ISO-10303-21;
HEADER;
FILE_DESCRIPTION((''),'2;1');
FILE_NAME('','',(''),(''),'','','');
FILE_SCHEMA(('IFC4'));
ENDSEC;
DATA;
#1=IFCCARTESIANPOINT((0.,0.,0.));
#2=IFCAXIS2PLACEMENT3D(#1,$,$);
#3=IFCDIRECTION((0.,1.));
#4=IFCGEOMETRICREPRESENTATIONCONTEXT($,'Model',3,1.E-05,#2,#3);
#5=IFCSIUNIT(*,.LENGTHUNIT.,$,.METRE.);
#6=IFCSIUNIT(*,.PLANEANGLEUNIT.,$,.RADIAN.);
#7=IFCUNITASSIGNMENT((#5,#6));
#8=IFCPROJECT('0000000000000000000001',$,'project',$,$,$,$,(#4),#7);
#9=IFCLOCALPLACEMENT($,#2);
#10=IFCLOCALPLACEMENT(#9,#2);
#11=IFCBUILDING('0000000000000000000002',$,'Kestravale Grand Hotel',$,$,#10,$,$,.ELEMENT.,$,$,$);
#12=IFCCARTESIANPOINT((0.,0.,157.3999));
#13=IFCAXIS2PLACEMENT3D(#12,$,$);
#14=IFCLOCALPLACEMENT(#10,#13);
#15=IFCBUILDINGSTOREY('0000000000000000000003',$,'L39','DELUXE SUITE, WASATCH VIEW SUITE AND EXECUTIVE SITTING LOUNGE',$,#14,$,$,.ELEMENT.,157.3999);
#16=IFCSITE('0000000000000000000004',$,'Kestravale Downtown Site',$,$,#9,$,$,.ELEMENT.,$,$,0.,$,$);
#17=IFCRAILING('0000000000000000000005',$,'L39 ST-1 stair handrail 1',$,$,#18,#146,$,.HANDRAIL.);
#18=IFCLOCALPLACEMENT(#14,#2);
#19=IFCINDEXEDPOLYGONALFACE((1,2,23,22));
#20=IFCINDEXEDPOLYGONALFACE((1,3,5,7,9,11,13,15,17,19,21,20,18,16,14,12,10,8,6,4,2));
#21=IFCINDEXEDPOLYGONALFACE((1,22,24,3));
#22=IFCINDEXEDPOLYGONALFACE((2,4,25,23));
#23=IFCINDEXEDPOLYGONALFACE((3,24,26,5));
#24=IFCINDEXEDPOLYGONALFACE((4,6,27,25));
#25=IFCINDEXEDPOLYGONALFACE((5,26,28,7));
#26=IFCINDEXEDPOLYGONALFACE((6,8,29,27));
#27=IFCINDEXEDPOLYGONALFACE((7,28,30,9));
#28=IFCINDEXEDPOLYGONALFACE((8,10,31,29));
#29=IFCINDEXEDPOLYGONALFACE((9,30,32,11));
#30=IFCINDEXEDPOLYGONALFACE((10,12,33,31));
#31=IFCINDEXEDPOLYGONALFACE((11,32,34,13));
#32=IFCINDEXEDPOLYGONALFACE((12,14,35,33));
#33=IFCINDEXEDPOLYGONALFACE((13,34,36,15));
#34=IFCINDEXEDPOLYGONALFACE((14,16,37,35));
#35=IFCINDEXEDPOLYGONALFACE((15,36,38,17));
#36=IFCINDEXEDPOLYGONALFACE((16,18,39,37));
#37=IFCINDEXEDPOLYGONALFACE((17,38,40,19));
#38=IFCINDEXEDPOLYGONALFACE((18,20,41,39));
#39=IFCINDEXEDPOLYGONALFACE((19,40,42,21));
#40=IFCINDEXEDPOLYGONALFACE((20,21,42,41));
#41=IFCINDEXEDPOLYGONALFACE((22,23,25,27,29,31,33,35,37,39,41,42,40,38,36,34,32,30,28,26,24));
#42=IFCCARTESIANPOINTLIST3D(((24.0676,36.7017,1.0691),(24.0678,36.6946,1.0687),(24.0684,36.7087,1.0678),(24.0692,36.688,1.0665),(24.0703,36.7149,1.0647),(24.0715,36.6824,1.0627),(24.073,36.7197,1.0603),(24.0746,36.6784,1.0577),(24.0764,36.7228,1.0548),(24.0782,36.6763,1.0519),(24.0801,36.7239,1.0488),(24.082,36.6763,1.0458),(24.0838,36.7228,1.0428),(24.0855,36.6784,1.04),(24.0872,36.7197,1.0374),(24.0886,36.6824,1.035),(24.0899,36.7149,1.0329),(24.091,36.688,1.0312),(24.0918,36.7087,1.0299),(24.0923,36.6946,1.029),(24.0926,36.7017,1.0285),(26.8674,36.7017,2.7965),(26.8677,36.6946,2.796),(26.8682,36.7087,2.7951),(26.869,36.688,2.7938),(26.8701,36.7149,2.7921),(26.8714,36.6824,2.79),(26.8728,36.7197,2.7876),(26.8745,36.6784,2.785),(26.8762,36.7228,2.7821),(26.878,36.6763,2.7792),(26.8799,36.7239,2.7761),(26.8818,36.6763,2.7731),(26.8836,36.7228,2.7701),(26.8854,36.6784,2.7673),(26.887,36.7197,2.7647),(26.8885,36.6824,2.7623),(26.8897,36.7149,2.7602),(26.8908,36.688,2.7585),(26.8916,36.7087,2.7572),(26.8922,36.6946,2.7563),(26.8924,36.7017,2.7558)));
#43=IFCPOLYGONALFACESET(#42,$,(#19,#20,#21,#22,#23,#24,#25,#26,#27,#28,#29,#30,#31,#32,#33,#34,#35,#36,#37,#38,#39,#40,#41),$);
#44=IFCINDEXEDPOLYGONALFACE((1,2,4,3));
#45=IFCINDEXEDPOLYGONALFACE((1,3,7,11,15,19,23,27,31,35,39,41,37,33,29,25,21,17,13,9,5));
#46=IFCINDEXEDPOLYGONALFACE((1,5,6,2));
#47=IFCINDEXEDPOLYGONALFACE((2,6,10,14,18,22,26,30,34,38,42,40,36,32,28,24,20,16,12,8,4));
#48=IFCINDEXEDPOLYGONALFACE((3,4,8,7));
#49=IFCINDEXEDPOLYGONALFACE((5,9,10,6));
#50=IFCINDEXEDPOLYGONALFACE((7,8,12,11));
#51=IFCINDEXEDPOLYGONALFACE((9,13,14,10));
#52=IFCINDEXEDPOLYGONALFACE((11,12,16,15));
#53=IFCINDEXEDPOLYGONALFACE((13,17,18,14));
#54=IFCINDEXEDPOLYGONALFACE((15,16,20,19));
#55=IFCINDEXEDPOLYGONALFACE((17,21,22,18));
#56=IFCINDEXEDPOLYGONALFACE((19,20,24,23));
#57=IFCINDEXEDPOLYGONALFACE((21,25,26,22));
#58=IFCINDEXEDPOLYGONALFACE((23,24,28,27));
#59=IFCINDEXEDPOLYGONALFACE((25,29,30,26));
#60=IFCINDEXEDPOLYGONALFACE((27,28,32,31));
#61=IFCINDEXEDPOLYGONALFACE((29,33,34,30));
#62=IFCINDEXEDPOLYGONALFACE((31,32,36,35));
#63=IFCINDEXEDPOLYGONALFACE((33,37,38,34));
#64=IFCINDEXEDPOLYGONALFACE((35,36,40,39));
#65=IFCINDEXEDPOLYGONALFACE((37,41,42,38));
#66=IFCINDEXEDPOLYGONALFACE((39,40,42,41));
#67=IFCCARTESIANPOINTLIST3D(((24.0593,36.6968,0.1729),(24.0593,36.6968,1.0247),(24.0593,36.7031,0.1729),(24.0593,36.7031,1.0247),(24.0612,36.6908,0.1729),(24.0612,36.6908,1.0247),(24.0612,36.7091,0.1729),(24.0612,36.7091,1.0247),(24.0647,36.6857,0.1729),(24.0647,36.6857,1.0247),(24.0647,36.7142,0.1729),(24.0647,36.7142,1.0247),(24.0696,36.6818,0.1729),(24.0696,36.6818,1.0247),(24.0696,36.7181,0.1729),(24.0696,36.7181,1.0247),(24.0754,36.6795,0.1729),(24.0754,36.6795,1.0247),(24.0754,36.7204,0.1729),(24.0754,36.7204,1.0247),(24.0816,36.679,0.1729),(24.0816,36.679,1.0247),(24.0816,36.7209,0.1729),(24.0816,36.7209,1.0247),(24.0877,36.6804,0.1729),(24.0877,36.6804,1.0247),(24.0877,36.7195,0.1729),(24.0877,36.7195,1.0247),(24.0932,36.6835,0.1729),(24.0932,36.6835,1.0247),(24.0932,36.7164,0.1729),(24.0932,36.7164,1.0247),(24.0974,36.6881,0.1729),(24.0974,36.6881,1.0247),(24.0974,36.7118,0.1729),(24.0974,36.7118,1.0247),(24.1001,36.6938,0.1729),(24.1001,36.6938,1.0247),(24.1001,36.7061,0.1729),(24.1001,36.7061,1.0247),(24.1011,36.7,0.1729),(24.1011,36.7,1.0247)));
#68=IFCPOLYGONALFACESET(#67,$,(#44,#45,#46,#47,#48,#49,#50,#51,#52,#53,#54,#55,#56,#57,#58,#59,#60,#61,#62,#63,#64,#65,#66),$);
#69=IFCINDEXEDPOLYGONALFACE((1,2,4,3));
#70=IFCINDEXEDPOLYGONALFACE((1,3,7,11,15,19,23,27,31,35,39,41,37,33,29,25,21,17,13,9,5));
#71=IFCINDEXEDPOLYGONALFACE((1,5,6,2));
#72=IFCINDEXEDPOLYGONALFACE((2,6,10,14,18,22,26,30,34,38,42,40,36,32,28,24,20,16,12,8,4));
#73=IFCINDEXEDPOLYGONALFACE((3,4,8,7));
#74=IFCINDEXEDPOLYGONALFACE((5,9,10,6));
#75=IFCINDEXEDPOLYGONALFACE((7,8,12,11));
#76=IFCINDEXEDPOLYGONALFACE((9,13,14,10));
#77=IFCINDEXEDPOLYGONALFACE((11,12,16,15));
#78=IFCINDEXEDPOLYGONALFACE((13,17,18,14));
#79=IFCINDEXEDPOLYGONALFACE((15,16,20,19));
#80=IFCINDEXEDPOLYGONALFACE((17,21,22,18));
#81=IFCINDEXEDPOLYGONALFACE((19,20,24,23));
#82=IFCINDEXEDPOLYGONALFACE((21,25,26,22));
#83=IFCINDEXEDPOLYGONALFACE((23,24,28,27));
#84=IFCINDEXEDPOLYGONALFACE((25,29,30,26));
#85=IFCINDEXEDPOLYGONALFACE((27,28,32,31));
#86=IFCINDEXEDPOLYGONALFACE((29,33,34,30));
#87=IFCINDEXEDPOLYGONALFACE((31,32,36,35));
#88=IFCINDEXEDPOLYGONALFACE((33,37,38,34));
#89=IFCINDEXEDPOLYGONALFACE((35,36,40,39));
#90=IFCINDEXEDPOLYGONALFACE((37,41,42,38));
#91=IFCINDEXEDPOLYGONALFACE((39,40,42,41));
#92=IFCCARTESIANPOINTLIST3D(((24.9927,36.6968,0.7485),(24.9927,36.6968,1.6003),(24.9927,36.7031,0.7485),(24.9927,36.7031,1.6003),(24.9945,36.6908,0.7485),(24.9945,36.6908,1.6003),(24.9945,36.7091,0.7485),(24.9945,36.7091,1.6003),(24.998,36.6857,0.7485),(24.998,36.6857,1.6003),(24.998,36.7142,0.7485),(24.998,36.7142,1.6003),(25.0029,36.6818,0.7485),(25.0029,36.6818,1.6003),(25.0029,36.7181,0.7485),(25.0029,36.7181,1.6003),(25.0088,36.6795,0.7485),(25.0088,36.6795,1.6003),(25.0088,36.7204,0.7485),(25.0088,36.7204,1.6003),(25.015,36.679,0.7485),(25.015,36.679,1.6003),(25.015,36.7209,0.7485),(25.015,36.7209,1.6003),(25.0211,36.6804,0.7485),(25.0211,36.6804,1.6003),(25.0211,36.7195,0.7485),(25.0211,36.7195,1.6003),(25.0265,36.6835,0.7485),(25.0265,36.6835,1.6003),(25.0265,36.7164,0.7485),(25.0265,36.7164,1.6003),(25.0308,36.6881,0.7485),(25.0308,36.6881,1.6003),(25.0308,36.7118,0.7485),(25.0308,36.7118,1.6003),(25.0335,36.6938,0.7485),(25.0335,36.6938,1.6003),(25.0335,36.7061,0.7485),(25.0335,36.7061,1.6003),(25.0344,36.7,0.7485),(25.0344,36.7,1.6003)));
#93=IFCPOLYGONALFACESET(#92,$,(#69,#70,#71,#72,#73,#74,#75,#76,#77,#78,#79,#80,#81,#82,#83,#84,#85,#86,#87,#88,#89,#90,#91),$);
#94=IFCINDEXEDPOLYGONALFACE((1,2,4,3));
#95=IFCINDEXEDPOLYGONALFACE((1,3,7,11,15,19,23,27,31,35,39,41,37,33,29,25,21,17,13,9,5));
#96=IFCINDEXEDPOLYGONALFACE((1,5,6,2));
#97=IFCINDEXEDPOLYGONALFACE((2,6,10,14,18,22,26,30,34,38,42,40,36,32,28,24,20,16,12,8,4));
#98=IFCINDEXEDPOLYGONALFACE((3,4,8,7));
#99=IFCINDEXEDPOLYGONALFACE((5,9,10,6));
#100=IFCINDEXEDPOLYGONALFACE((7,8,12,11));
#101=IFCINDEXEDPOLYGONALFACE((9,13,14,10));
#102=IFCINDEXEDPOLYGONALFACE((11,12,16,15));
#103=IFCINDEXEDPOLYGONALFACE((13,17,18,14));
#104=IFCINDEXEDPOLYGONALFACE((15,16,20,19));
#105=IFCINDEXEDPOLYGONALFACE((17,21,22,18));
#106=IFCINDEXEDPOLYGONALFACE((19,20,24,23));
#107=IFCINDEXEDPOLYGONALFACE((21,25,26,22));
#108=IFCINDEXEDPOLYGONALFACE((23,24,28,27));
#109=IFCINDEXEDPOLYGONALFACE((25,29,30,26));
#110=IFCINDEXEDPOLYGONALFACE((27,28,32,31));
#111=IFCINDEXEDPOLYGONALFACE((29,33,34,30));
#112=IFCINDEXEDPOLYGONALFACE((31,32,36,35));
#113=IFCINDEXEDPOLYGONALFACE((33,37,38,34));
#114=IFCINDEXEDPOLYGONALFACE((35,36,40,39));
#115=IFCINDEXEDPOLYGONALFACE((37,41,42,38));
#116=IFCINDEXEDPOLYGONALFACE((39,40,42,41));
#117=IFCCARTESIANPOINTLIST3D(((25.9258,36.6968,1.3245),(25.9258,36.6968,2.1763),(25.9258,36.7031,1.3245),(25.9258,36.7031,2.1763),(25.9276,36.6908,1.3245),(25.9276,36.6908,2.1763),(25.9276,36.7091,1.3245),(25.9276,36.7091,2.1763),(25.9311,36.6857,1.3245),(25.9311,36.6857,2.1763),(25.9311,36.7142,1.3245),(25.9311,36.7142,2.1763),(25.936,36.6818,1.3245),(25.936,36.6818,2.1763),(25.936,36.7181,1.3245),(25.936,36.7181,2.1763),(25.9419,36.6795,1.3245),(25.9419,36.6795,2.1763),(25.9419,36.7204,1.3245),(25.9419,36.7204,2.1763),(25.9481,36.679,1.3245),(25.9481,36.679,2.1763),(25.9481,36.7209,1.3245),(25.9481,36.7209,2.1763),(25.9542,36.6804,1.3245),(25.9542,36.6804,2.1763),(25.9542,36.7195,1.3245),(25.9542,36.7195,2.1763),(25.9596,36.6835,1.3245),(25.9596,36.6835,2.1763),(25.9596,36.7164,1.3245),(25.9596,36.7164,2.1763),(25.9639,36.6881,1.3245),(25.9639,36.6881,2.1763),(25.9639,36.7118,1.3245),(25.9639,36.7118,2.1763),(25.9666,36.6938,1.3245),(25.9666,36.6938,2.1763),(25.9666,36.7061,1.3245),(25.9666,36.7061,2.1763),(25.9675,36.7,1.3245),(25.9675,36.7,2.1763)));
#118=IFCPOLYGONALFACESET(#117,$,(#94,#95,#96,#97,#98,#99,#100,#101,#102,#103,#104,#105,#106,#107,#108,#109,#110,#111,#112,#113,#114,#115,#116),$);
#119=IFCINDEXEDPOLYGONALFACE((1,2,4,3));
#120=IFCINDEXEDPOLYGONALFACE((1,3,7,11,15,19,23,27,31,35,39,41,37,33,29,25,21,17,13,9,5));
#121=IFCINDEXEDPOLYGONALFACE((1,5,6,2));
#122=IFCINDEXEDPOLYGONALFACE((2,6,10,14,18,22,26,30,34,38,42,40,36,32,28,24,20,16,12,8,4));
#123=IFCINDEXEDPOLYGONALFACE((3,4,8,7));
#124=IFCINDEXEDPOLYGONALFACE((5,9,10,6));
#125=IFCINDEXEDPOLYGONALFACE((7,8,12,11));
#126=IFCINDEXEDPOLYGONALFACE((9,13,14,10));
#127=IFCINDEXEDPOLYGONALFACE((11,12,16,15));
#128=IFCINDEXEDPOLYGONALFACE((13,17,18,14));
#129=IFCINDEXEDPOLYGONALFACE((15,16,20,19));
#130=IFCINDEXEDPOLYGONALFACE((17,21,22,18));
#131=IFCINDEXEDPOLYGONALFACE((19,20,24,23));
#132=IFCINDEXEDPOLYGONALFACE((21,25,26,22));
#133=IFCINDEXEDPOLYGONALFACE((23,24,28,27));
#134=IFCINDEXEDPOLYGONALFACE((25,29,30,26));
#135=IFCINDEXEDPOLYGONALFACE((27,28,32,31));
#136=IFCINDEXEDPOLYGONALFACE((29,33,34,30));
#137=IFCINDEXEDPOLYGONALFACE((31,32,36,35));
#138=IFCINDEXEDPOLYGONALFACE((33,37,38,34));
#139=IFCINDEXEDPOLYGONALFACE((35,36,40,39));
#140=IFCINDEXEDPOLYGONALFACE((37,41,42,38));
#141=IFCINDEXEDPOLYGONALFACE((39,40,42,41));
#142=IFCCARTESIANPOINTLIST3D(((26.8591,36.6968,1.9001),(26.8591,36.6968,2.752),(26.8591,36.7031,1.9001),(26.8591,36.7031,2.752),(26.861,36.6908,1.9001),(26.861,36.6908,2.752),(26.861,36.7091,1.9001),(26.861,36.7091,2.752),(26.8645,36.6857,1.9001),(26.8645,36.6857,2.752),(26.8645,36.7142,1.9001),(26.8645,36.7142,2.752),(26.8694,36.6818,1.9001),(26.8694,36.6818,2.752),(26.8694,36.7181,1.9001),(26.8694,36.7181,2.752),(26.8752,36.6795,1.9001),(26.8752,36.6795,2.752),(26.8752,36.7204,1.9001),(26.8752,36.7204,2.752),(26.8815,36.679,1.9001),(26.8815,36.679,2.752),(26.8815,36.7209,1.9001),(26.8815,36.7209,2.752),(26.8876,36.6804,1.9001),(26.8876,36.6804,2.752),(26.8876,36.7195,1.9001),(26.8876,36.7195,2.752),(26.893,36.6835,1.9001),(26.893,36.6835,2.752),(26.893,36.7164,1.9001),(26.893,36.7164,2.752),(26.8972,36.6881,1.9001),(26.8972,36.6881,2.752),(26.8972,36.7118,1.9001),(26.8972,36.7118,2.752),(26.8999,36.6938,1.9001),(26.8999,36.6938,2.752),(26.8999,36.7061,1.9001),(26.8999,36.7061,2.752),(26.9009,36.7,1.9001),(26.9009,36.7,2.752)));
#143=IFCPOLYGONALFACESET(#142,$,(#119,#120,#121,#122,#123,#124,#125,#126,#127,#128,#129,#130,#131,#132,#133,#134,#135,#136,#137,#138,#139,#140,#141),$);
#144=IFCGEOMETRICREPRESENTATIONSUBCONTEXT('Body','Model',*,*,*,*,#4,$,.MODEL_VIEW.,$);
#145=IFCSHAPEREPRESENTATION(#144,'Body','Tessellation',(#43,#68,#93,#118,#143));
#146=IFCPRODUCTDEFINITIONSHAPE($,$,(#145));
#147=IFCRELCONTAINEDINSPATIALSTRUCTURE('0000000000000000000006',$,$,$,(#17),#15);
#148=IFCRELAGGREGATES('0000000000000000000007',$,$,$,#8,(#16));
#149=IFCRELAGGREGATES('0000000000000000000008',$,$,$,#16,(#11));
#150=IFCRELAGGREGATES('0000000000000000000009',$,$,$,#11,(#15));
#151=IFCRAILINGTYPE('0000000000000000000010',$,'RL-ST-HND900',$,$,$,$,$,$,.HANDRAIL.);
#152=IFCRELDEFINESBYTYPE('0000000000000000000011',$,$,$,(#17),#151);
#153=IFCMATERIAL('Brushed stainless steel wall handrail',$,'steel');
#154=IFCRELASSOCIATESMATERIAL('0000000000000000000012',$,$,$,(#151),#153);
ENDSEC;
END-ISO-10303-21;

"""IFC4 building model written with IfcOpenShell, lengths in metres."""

from ifc_helpers import new_model, si_unit, direction, frame, origin, origin_2d, place, context, subcontext, project, spatial, circle, extrude, material, type_object, element, save


model = new_model("IFC4")

# Units and contexts
model_context = context("Model", 3, precision=1e-05, world=origin(), true_north=direction((0.0, 1.0)))
body_context = subcontext(model_context, "Body", "Model", "MODEL_VIEW")
ifc_project = project(units=[si_unit("LENGTHUNIT", "METRE"), si_unit("PLANEANGLEUNIT", "RADIAN")], contexts=[model_context])

# Site, building, storey
site_placement = place(None, origin())
site = spatial("IfcSite", under=ifc_project, at=site_placement, Name="Kestravale Downtown Site", CompositionType="ELEMENT", RefElevation=0.0)
building_placement = place(site_placement, origin())
building = spatial("IfcBuilding", under=site, at=building_placement, Name="Kestravale Grand Hotel", CompositionType="ELEMENT")
storey_placement = place(building_placement, frame((0.0, 0.0, 157.3999)))
storey = spatial("IfcBuildingStorey", under=building, at=storey_placement, Name="L39", Description="DELUXE SUITE, WASATCH VIEW SUITE AND EXECUTIVE SITTING LOUNGE", CompositionType="ELEMENT", Elevation=157.3999)

# Railing
ifc_material_1 = material(Name="Brushed stainless steel wall handrail", Category="steel")
railing_type_1 = type_object("IfcRailingType", Name="RL-ST-HND900", PredefinedType="HANDRAIL", material=ifc_material_1)
railing_1_placement = place(storey_placement, frame((24.0801, 36.7, 0.1729)))
element("IfcRailing", 1, at=railing_1_placement, inside=storey, type_object=railing_type_1, Name="L39 ST-1 stair handrail 1", PredefinedType="HANDRAIL", context=body_context, shape_type="SweptSolid", body=[
    extrude(circle(Radius=0.0239, at=origin_2d()), frame((0.0, 0.0, 0.876), z_axis=(0.851069, 0.0, 0.525054), x_axis=(0.0, 1.0, 0.0)), (0.0, 0.0, 1.0), 3.2898),
    extrude(circle(Radius=0.021, at=origin_2d()), origin(), (0.0, 0.0, 1.0), 0.8518),
    extrude(circle(Radius=0.021, at=origin_2d()), frame((0.9333, 0.0, 0.5757)), (0.0, 0.0, 1.0), 0.8518),
    extrude(circle(Radius=0.021, at=origin_2d()), frame((1.8665, 0.0, 1.1516)), (0.0, 0.0, 1.0), 0.8518),
    extrude(circle(Radius=0.021, at=origin_2d()), frame((2.7998, 0.0, 1.7273)), (0.0, 0.0, 1.0), 0.8518),
])

save(model, "model.ifc")
